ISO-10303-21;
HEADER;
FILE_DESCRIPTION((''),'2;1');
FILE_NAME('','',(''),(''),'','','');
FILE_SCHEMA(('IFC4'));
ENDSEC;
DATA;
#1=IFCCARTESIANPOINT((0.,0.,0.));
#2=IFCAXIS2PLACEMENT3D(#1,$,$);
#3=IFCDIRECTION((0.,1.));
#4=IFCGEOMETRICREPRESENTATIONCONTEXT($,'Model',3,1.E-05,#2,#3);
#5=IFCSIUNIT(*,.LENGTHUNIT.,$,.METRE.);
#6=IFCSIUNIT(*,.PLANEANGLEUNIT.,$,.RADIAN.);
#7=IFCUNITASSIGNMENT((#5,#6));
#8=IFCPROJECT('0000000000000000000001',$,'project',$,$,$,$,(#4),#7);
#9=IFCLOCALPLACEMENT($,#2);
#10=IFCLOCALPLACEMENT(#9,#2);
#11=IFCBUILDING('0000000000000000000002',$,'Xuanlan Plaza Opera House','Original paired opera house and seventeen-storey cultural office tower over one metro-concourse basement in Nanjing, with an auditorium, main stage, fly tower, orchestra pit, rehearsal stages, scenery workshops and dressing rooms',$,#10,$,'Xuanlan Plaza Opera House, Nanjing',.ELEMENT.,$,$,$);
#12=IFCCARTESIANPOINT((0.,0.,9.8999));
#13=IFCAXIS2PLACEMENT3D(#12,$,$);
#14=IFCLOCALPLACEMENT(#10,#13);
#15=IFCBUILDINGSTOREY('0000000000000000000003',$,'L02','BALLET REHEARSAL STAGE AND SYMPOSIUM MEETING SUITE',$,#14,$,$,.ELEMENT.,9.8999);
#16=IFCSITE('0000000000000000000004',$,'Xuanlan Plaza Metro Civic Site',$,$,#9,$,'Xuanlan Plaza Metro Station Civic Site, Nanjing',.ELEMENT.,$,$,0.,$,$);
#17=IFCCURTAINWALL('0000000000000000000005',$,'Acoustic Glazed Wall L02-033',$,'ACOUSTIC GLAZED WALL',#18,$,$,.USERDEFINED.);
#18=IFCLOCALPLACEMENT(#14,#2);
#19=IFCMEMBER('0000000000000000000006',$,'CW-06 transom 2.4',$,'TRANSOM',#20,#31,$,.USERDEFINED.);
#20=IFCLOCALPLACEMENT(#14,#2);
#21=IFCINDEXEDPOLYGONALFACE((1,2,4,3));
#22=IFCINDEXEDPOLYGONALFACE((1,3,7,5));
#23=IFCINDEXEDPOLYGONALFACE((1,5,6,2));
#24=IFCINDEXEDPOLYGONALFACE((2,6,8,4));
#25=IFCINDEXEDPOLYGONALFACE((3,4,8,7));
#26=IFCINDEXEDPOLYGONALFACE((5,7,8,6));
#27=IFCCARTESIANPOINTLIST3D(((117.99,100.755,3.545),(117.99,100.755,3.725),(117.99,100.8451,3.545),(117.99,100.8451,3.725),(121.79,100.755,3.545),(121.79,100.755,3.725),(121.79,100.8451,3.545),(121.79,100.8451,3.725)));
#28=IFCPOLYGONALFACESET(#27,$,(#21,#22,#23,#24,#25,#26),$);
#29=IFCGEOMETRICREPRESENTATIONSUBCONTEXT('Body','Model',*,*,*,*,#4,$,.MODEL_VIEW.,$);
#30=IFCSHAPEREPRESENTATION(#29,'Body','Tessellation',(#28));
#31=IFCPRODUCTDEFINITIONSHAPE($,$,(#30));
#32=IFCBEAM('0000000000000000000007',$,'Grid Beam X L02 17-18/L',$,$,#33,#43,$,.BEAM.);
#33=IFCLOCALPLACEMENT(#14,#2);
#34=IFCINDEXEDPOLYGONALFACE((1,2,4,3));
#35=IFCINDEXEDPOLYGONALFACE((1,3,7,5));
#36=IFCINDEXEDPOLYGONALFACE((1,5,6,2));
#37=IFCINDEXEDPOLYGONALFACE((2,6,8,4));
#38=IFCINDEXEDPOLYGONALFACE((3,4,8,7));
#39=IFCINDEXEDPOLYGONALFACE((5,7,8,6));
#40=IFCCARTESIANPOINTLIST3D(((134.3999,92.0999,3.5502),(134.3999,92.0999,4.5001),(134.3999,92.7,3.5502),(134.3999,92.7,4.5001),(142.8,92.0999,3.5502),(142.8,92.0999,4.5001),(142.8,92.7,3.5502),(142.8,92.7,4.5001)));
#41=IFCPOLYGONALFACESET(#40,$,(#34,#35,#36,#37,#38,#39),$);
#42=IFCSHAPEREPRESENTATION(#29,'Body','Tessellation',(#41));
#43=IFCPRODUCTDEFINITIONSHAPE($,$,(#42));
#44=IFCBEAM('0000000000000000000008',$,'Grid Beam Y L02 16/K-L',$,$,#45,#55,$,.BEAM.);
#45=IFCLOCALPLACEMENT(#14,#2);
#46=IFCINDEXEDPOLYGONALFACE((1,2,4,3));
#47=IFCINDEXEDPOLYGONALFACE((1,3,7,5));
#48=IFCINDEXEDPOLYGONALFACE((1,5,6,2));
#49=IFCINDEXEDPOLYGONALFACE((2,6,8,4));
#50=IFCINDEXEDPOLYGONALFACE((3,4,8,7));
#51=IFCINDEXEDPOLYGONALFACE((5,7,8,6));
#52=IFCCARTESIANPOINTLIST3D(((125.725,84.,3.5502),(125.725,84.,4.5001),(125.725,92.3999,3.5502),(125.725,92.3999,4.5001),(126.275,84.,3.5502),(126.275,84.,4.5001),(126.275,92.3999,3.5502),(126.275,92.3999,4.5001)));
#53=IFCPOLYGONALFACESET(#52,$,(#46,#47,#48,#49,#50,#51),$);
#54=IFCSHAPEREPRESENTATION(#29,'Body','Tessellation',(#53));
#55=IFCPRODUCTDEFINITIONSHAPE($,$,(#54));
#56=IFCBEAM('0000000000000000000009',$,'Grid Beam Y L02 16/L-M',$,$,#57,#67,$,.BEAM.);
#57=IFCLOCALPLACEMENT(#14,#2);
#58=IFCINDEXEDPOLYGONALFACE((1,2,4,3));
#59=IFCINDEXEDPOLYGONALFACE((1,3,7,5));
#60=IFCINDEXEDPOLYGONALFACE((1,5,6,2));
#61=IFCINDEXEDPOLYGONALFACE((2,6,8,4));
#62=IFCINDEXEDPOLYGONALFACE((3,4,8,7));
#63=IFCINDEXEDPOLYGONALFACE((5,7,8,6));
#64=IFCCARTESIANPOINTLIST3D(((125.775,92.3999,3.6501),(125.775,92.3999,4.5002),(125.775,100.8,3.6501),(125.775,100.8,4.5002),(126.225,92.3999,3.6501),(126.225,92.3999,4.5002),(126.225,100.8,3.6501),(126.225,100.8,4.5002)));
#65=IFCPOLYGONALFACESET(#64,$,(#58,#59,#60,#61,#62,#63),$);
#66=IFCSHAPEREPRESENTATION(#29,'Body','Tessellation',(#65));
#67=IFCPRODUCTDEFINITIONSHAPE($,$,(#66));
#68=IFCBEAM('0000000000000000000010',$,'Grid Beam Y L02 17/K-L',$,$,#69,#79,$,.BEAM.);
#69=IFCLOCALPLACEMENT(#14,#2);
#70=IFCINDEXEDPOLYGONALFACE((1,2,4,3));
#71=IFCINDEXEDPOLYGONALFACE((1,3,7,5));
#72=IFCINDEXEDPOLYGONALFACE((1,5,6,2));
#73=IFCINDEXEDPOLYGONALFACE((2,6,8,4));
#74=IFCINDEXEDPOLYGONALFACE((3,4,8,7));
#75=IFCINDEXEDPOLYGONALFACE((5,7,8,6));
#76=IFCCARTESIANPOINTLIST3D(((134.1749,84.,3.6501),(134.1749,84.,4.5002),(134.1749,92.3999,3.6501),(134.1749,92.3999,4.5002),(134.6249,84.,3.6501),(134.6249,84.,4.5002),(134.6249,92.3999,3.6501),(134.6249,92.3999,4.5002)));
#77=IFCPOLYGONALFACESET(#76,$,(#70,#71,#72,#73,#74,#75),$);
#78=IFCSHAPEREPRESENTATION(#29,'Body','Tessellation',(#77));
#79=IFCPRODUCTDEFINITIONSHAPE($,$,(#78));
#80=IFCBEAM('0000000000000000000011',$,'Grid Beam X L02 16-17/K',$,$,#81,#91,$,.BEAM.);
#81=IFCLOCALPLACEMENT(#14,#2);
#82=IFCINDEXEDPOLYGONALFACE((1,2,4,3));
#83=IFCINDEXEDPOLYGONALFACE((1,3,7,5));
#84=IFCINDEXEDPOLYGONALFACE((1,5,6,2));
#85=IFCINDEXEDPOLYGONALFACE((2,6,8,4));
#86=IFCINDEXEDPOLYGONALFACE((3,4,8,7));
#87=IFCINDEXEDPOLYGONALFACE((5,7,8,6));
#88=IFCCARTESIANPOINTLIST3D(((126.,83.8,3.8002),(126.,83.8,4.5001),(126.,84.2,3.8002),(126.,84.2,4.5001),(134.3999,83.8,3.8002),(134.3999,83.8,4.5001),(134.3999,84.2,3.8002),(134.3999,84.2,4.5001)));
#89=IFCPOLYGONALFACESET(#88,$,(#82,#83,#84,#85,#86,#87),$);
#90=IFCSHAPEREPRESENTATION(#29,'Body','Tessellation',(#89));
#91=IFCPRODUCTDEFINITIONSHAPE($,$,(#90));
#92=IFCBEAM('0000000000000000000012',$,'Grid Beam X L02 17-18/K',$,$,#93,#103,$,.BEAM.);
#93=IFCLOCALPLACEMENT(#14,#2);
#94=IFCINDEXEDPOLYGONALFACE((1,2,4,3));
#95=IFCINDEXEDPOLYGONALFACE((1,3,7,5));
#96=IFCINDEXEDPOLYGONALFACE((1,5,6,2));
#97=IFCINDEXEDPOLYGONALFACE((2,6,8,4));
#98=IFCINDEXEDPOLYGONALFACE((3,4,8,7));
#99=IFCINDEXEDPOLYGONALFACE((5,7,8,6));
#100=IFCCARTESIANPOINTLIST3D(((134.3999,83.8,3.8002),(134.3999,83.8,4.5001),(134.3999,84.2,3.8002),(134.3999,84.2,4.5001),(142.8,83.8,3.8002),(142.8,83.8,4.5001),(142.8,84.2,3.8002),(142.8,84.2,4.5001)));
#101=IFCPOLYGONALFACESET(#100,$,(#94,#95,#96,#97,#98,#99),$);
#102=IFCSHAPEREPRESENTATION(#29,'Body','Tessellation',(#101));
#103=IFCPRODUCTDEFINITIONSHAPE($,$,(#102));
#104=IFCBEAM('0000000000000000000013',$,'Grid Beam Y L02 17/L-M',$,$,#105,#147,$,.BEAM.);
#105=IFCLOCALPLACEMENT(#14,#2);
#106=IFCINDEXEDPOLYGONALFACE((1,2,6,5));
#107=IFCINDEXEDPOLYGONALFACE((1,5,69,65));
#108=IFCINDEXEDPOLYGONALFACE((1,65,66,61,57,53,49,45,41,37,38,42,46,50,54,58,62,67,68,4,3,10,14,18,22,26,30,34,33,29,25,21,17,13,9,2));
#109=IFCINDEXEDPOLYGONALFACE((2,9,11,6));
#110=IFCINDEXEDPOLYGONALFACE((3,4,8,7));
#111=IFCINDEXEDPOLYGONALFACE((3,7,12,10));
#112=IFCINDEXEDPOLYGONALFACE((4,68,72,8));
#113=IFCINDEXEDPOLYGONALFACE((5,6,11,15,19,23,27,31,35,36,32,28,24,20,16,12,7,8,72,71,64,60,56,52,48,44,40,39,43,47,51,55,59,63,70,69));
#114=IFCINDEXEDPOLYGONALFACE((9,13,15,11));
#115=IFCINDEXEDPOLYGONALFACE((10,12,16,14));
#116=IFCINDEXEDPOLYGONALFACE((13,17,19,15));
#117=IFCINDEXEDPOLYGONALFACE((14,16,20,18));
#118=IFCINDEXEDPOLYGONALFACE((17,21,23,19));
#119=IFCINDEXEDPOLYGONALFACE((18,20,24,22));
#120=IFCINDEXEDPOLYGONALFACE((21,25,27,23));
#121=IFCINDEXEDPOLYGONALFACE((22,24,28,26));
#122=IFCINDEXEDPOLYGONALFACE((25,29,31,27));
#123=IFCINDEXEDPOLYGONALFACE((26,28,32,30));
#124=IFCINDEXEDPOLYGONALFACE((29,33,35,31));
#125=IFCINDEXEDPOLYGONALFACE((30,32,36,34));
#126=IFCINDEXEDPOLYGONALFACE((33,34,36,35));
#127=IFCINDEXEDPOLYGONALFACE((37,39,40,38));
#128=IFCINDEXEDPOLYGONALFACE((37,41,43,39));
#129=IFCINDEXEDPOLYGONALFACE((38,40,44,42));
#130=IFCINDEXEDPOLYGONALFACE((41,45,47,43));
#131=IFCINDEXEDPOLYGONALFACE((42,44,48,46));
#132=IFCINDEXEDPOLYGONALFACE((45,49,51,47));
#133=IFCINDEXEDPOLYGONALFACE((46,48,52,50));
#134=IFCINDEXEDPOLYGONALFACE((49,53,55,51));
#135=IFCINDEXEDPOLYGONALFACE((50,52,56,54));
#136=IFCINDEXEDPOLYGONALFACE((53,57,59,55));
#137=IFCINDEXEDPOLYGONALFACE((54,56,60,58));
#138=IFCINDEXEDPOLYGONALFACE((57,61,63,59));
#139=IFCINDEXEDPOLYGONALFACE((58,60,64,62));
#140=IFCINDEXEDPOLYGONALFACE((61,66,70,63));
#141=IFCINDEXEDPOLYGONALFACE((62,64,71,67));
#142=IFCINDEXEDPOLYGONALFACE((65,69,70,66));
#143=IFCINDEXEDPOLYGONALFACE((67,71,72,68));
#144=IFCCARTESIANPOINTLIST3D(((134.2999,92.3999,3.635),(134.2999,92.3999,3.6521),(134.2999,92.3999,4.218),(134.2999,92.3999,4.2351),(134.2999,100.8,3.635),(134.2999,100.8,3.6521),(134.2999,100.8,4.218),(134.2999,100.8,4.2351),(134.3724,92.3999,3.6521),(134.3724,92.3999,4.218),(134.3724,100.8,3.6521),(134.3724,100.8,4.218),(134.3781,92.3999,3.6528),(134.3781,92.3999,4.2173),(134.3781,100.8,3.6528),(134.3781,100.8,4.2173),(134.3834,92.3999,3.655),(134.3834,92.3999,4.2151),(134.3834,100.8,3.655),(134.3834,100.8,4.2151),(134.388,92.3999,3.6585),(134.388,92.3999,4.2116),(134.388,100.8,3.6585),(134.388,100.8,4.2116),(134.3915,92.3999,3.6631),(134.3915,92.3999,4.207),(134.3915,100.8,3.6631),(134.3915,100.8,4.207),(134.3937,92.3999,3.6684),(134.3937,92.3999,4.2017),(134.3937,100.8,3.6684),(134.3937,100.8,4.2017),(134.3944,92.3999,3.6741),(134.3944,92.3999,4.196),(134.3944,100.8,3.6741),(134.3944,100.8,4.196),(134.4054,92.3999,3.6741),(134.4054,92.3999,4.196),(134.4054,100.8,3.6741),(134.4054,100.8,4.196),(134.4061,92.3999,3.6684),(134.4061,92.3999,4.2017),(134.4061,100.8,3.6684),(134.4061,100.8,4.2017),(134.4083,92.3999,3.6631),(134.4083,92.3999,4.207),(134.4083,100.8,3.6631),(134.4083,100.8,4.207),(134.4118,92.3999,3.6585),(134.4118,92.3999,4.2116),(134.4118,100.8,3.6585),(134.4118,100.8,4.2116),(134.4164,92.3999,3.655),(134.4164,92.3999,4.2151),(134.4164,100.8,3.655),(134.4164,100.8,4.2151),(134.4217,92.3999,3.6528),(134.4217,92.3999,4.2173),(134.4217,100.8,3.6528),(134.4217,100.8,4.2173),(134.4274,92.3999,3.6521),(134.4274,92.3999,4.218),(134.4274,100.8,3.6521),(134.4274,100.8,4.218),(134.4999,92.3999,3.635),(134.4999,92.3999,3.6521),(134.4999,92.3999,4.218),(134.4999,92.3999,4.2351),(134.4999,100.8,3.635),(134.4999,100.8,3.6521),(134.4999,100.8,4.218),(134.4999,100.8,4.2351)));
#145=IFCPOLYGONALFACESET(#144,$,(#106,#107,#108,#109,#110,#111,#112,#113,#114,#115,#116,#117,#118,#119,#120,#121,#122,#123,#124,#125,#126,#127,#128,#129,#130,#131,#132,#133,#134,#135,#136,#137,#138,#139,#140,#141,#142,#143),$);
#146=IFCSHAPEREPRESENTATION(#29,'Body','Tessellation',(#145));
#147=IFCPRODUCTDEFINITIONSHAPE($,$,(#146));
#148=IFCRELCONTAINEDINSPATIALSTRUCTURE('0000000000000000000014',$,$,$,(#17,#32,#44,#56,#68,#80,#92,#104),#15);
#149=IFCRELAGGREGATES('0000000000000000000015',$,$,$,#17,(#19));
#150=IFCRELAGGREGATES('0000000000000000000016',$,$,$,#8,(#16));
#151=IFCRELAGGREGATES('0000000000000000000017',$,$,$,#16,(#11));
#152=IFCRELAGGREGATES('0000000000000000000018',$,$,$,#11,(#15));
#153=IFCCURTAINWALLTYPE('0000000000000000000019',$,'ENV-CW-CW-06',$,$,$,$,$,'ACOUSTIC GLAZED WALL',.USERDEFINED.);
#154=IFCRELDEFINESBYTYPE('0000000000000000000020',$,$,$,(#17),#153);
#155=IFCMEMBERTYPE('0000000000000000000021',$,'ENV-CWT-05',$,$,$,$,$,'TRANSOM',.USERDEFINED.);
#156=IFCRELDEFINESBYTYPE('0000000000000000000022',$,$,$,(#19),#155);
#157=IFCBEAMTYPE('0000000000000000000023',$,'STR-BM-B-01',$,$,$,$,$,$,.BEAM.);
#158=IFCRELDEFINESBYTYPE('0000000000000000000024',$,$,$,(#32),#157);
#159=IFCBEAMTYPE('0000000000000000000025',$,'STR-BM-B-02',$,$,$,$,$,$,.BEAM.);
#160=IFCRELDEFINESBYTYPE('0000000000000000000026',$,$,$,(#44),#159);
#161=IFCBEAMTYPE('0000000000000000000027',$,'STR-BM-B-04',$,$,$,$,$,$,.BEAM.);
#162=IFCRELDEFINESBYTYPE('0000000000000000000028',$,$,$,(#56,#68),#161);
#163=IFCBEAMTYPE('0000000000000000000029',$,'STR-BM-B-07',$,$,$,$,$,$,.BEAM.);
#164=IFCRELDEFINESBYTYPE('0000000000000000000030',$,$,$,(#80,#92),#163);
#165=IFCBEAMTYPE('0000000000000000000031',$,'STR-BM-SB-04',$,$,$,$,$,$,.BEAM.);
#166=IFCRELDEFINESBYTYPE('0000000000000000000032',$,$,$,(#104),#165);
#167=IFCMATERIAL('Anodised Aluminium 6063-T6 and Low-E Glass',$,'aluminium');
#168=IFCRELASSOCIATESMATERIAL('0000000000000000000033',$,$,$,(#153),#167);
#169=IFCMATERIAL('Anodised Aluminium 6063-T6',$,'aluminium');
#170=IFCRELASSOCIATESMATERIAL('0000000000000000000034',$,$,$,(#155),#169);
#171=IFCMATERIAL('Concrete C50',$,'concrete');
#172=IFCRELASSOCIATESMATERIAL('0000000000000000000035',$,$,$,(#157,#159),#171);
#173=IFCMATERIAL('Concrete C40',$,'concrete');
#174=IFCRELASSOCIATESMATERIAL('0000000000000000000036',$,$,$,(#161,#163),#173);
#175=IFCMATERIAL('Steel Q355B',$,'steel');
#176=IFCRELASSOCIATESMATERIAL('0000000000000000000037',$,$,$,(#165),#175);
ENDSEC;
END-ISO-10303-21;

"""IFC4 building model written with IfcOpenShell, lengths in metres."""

from ifc_helpers import new_model, si_unit, direction, frame, origin, origin_2d, place, context, subcontext, project, spatial, rectangle, i_section, extrude, material, material_profile, profile_set, type_object, element, aggregate, save


model = new_model("IFC4")

# Units and contexts
model_context = context("Model", 3, precision=1e-05, world=origin(), true_north=direction((0.0, 1.0)))
body_context = subcontext(model_context, "Body", "Model", "MODEL_VIEW")
ifc_project = project(units=[si_unit("LENGTHUNIT", "METRE"), si_unit("PLANEANGLEUNIT", "RADIAN")], contexts=[model_context])

# Site, building, storey
site_placement = place(None, origin())
site = spatial("IfcSite", under=ifc_project, at=site_placement, Name="Xuanlan Plaza Metro Civic Site", LongName="Xuanlan Plaza Metro Station Civic Site, Nanjing", CompositionType="ELEMENT", RefElevation=0.0)
building_placement = place(site_placement, origin())
building = spatial("IfcBuilding", under=site, at=building_placement, Name="Xuanlan Plaza Opera House", Description="Original paired opera house and seventeen-storey cultural office tower over one metro-concourse basement in Nanjing, with an auditorium, main stage, fly tower, orchestra pit, rehearsal stages, scenery workshops and dressing rooms", LongName="Xuanlan Plaza Opera House, Nanjing", CompositionType="ELEMENT")
storey_placement = place(building_placement, frame((0.0, 0.0, 9.8999)))
storey = spatial("IfcBuildingStorey", under=building, at=storey_placement, Name="L02", Description="BALLET REHEARSAL STAGE AND SYMPOSIUM MEETING SUITE", CompositionType="ELEMENT", Elevation=9.8999)

# Shared definitions
ifc_material_1 = material(Name="Concrete C40", Category="concrete")

# Curtain wall, member
ifc_material_2 = material(Name="Anodised Aluminium 6063-T6 and Low-E Glass", Category="aluminium")
curtain_wall_type = type_object("IfcCurtainWallType", Name="ENV-CW-CW-06", ElementType="ACOUSTIC GLAZED WALL", PredefinedType="USERDEFINED", material=ifc_material_2)
curtain_wall_placement = place(storey_placement, origin())
curtain_wall = element("IfcCurtainWall", 1, at=curtain_wall_placement, inside=storey, type_object=curtain_wall_type, Name="Acoustic Glazed Wall L02-033", ObjectType="ACOUSTIC GLAZED WALL", PredefinedType="USERDEFINED")
ifc_material_3 = material(Name="Anodised Aluminium 6063-T6", Category="aluminium")
ifc_material_profile_1 = material_profile(ifc_material_3, rectangle(XDim=0.0901, YDim=0.1799, at=origin_2d()), Name="ALU-T 90x180")
ifc_profile_set_1 = profile_set([ifc_material_profile_1], Name="Anodised Aluminium 6063-T6")
member_type_1 = type_object("IfcMemberType", Name="ENV-CWT-05", ElementType="TRANSOM", PredefinedType="USERDEFINED", material=ifc_profile_set_1)
member_1_placement = place(storey_placement, frame((121.79, 100.8, 3.635), z_axis=(-1.0, 0.0, 0.0), x_axis=(0.0, -1.0, 0.0)))
member_1 = element("IfcMember", 2, at=member_1_placement, type_object=member_type_1, Name="CW-06 transom 2.4", ObjectType="TRANSOM", PredefinedType="USERDEFINED", context=body_context, shape_type="SweptSolid", body=[
    extrude(rectangle(XDim=0.0901, YDim=0.1799, at=origin_2d()), origin(), (0.0, 0.0, 1.0), 3.8),
])

# Beams
ifc_material_4 = material(Name="Concrete C50", Category="concrete")
ifc_material_profile_2 = material_profile(ifc_material_4, rectangle(XDim=0.6001, YDim=0.95, at=origin_2d()), Name="RC-BM 600x950")
ifc_profile_set_2 = profile_set([ifc_material_profile_2], Name="Concrete C50")
beam_type_1 = type_object("IfcBeamType", Name="STR-BM-B-01", PredefinedType="BEAM", material=ifc_profile_set_2)
beam_1_placement = place(storey_placement, frame((134.3999, 92.3999, 4.0251), z_axis=(1.0, 0.0, 0.0), x_axis=(0.0, 1.0, 0.0)))
element("IfcBeam", 3, at=beam_1_placement, inside=storey, type_object=beam_type_1, Name="Grid Beam X L02 17-18/L", PredefinedType="BEAM", context=body_context, shape_type="SweptSolid", body=[
    extrude(rectangle(XDim=0.6001, YDim=0.95, at=origin_2d()), origin(), (0.0, 0.0, 1.0), 8.4001),
])
ifc_material_profile_3 = material_profile(ifc_material_4, rectangle(XDim=0.55, YDim=0.95, at=origin_2d()), Name="RC-BM 550x950")
ifc_profile_set_3 = profile_set([ifc_material_profile_3], Name="Concrete C50")
beam_type_2 = type_object("IfcBeamType", Name="STR-BM-B-02", PredefinedType="BEAM", material=ifc_profile_set_3)
beam_2_placement = place(storey_placement, frame((126.0, 84.0, 4.0251), z_axis=(0.0, 1.0, 0.0), x_axis=(-1.0, 0.0, 0.0)))
element("IfcBeam", 4, at=beam_2_placement, inside=storey, type_object=beam_type_2, Name="Grid Beam Y L02 16/K-L", PredefinedType="BEAM", context=body_context, shape_type="SweptSolid", body=[
    extrude(rectangle(XDim=0.55, YDim=0.95, at=origin_2d()), origin(), (0.0, 0.0, 1.0), 8.3999),
])
ifc_material_profile_4 = material_profile(ifc_material_1, rectangle(XDim=0.45, YDim=0.8501, at=origin_2d()), Name="RC-BM 450x850")
ifc_profile_set_4 = profile_set([ifc_material_profile_4], Name="Concrete C40")
beam_type_3 = type_object("IfcBeamType", Name="STR-BM-B-04", PredefinedType="BEAM", material=ifc_profile_set_4)
beam_3_placement = place(storey_placement, frame((126.0, 92.3999, 4.0752), z_axis=(0.0, 1.0, 0.0), x_axis=(-1.0, 0.0, 0.0)))
element("IfcBeam", 5, at=beam_3_placement, inside=storey, type_object=beam_type_3, Name="Grid Beam Y L02 16/L-M", PredefinedType="BEAM", context=body_context, shape_type="SweptSolid", body=[
    extrude(rectangle(XDim=0.45, YDim=0.8501, at=origin_2d()), origin(), (0.0, 0.0, 1.0), 8.4001),
])
beam_4_placement = place(storey_placement, frame((134.3999, 84.0, 4.0752), z_axis=(0.0, 1.0, 0.0), x_axis=(-1.0, 0.0, 0.0)))
element("IfcBeam", 6, at=beam_4_placement, inside=storey, type_object=beam_type_3, Name="Grid Beam Y L02 17/K-L", PredefinedType="BEAM", context=body_context, shape_type="SweptSolid", body=[
    extrude(rectangle(XDim=0.45, YDim=0.8501, at=origin_2d()), origin(), (0.0, 0.0, 1.0), 8.3999),
])
ifc_material_profile_5 = material_profile(ifc_material_1, rectangle(XDim=0.3999, YDim=0.7, at=origin_2d()), Name="RC-BM 400x700")
ifc_profile_set_5 = profile_set([ifc_material_profile_5], Name="Concrete C40")
beam_type_4 = type_object("IfcBeamType", Name="STR-BM-B-07", PredefinedType="BEAM", material=ifc_profile_set_5)
beam_5_placement = place(storey_placement, frame((126.0, 84.0, 4.1501), z_axis=(1.0, 0.0, 0.0), x_axis=(0.0, 1.0, 0.0)))
element("IfcBeam", 7, at=beam_5_placement, inside=storey, type_object=beam_type_4, Name="Grid Beam X L02 16-17/K", PredefinedType="BEAM", context=body_context, shape_type="SweptSolid", body=[
    extrude(rectangle(XDim=0.3999, YDim=0.7, at=origin_2d()), origin(), (0.0, 0.0, 1.0), 8.3999),
])
beam_6_placement = place(storey_placement, frame((134.3999, 84.0, 4.1501), z_axis=(1.0, 0.0, 0.0), x_axis=(0.0, 1.0, 0.0)))
element("IfcBeam", 8, at=beam_6_placement, inside=storey, type_object=beam_type_4, Name="Grid Beam X L02 17-18/K", PredefinedType="BEAM", context=body_context, shape_type="SweptSolid", body=[
    extrude(rectangle(XDim=0.3999, YDim=0.7, at=origin_2d()), origin(), (0.0, 0.0, 1.0), 8.4001),
])
ifc_material_5 = material(Name="Steel Q355B", Category="steel")
ifc_material_profile_6 = material_profile(ifc_material_5, i_section(OverallWidth=0.2, OverallDepth=0.6001, WebThickness=0.011, FlangeThickness=0.0171, FilletRadius=0.022, at=origin_2d()), Name="HN 600x200x11x17")
ifc_profile_set_6 = profile_set([ifc_material_profile_6], Name="Steel Q355B")
beam_type_5 = type_object("IfcBeamType", Name="STR-BM-SB-04", PredefinedType="BEAM", material=ifc_profile_set_6)
beam_7_placement = place(storey_placement, frame((134.3999, 92.3999, 3.9351), z_axis=(0.0, 1.0, 0.0), x_axis=(-1.0, 0.0, 0.0)))
element("IfcBeam", 9, at=beam_7_placement, inside=storey, type_object=beam_type_5, Name="Grid Beam Y L02 17/L-M", PredefinedType="BEAM", context=body_context, shape_type="SweptSolid", body=[
    extrude(i_section(OverallWidth=0.2, OverallDepth=0.6001, WebThickness=0.011, FlangeThickness=0.0171, FilletRadius=0.022, at=origin_2d()), origin(), (0.0, 0.0, 1.0), 8.4001),
])

aggregate(curtain_wall, [member_1])

save(model, "model.ifc")
